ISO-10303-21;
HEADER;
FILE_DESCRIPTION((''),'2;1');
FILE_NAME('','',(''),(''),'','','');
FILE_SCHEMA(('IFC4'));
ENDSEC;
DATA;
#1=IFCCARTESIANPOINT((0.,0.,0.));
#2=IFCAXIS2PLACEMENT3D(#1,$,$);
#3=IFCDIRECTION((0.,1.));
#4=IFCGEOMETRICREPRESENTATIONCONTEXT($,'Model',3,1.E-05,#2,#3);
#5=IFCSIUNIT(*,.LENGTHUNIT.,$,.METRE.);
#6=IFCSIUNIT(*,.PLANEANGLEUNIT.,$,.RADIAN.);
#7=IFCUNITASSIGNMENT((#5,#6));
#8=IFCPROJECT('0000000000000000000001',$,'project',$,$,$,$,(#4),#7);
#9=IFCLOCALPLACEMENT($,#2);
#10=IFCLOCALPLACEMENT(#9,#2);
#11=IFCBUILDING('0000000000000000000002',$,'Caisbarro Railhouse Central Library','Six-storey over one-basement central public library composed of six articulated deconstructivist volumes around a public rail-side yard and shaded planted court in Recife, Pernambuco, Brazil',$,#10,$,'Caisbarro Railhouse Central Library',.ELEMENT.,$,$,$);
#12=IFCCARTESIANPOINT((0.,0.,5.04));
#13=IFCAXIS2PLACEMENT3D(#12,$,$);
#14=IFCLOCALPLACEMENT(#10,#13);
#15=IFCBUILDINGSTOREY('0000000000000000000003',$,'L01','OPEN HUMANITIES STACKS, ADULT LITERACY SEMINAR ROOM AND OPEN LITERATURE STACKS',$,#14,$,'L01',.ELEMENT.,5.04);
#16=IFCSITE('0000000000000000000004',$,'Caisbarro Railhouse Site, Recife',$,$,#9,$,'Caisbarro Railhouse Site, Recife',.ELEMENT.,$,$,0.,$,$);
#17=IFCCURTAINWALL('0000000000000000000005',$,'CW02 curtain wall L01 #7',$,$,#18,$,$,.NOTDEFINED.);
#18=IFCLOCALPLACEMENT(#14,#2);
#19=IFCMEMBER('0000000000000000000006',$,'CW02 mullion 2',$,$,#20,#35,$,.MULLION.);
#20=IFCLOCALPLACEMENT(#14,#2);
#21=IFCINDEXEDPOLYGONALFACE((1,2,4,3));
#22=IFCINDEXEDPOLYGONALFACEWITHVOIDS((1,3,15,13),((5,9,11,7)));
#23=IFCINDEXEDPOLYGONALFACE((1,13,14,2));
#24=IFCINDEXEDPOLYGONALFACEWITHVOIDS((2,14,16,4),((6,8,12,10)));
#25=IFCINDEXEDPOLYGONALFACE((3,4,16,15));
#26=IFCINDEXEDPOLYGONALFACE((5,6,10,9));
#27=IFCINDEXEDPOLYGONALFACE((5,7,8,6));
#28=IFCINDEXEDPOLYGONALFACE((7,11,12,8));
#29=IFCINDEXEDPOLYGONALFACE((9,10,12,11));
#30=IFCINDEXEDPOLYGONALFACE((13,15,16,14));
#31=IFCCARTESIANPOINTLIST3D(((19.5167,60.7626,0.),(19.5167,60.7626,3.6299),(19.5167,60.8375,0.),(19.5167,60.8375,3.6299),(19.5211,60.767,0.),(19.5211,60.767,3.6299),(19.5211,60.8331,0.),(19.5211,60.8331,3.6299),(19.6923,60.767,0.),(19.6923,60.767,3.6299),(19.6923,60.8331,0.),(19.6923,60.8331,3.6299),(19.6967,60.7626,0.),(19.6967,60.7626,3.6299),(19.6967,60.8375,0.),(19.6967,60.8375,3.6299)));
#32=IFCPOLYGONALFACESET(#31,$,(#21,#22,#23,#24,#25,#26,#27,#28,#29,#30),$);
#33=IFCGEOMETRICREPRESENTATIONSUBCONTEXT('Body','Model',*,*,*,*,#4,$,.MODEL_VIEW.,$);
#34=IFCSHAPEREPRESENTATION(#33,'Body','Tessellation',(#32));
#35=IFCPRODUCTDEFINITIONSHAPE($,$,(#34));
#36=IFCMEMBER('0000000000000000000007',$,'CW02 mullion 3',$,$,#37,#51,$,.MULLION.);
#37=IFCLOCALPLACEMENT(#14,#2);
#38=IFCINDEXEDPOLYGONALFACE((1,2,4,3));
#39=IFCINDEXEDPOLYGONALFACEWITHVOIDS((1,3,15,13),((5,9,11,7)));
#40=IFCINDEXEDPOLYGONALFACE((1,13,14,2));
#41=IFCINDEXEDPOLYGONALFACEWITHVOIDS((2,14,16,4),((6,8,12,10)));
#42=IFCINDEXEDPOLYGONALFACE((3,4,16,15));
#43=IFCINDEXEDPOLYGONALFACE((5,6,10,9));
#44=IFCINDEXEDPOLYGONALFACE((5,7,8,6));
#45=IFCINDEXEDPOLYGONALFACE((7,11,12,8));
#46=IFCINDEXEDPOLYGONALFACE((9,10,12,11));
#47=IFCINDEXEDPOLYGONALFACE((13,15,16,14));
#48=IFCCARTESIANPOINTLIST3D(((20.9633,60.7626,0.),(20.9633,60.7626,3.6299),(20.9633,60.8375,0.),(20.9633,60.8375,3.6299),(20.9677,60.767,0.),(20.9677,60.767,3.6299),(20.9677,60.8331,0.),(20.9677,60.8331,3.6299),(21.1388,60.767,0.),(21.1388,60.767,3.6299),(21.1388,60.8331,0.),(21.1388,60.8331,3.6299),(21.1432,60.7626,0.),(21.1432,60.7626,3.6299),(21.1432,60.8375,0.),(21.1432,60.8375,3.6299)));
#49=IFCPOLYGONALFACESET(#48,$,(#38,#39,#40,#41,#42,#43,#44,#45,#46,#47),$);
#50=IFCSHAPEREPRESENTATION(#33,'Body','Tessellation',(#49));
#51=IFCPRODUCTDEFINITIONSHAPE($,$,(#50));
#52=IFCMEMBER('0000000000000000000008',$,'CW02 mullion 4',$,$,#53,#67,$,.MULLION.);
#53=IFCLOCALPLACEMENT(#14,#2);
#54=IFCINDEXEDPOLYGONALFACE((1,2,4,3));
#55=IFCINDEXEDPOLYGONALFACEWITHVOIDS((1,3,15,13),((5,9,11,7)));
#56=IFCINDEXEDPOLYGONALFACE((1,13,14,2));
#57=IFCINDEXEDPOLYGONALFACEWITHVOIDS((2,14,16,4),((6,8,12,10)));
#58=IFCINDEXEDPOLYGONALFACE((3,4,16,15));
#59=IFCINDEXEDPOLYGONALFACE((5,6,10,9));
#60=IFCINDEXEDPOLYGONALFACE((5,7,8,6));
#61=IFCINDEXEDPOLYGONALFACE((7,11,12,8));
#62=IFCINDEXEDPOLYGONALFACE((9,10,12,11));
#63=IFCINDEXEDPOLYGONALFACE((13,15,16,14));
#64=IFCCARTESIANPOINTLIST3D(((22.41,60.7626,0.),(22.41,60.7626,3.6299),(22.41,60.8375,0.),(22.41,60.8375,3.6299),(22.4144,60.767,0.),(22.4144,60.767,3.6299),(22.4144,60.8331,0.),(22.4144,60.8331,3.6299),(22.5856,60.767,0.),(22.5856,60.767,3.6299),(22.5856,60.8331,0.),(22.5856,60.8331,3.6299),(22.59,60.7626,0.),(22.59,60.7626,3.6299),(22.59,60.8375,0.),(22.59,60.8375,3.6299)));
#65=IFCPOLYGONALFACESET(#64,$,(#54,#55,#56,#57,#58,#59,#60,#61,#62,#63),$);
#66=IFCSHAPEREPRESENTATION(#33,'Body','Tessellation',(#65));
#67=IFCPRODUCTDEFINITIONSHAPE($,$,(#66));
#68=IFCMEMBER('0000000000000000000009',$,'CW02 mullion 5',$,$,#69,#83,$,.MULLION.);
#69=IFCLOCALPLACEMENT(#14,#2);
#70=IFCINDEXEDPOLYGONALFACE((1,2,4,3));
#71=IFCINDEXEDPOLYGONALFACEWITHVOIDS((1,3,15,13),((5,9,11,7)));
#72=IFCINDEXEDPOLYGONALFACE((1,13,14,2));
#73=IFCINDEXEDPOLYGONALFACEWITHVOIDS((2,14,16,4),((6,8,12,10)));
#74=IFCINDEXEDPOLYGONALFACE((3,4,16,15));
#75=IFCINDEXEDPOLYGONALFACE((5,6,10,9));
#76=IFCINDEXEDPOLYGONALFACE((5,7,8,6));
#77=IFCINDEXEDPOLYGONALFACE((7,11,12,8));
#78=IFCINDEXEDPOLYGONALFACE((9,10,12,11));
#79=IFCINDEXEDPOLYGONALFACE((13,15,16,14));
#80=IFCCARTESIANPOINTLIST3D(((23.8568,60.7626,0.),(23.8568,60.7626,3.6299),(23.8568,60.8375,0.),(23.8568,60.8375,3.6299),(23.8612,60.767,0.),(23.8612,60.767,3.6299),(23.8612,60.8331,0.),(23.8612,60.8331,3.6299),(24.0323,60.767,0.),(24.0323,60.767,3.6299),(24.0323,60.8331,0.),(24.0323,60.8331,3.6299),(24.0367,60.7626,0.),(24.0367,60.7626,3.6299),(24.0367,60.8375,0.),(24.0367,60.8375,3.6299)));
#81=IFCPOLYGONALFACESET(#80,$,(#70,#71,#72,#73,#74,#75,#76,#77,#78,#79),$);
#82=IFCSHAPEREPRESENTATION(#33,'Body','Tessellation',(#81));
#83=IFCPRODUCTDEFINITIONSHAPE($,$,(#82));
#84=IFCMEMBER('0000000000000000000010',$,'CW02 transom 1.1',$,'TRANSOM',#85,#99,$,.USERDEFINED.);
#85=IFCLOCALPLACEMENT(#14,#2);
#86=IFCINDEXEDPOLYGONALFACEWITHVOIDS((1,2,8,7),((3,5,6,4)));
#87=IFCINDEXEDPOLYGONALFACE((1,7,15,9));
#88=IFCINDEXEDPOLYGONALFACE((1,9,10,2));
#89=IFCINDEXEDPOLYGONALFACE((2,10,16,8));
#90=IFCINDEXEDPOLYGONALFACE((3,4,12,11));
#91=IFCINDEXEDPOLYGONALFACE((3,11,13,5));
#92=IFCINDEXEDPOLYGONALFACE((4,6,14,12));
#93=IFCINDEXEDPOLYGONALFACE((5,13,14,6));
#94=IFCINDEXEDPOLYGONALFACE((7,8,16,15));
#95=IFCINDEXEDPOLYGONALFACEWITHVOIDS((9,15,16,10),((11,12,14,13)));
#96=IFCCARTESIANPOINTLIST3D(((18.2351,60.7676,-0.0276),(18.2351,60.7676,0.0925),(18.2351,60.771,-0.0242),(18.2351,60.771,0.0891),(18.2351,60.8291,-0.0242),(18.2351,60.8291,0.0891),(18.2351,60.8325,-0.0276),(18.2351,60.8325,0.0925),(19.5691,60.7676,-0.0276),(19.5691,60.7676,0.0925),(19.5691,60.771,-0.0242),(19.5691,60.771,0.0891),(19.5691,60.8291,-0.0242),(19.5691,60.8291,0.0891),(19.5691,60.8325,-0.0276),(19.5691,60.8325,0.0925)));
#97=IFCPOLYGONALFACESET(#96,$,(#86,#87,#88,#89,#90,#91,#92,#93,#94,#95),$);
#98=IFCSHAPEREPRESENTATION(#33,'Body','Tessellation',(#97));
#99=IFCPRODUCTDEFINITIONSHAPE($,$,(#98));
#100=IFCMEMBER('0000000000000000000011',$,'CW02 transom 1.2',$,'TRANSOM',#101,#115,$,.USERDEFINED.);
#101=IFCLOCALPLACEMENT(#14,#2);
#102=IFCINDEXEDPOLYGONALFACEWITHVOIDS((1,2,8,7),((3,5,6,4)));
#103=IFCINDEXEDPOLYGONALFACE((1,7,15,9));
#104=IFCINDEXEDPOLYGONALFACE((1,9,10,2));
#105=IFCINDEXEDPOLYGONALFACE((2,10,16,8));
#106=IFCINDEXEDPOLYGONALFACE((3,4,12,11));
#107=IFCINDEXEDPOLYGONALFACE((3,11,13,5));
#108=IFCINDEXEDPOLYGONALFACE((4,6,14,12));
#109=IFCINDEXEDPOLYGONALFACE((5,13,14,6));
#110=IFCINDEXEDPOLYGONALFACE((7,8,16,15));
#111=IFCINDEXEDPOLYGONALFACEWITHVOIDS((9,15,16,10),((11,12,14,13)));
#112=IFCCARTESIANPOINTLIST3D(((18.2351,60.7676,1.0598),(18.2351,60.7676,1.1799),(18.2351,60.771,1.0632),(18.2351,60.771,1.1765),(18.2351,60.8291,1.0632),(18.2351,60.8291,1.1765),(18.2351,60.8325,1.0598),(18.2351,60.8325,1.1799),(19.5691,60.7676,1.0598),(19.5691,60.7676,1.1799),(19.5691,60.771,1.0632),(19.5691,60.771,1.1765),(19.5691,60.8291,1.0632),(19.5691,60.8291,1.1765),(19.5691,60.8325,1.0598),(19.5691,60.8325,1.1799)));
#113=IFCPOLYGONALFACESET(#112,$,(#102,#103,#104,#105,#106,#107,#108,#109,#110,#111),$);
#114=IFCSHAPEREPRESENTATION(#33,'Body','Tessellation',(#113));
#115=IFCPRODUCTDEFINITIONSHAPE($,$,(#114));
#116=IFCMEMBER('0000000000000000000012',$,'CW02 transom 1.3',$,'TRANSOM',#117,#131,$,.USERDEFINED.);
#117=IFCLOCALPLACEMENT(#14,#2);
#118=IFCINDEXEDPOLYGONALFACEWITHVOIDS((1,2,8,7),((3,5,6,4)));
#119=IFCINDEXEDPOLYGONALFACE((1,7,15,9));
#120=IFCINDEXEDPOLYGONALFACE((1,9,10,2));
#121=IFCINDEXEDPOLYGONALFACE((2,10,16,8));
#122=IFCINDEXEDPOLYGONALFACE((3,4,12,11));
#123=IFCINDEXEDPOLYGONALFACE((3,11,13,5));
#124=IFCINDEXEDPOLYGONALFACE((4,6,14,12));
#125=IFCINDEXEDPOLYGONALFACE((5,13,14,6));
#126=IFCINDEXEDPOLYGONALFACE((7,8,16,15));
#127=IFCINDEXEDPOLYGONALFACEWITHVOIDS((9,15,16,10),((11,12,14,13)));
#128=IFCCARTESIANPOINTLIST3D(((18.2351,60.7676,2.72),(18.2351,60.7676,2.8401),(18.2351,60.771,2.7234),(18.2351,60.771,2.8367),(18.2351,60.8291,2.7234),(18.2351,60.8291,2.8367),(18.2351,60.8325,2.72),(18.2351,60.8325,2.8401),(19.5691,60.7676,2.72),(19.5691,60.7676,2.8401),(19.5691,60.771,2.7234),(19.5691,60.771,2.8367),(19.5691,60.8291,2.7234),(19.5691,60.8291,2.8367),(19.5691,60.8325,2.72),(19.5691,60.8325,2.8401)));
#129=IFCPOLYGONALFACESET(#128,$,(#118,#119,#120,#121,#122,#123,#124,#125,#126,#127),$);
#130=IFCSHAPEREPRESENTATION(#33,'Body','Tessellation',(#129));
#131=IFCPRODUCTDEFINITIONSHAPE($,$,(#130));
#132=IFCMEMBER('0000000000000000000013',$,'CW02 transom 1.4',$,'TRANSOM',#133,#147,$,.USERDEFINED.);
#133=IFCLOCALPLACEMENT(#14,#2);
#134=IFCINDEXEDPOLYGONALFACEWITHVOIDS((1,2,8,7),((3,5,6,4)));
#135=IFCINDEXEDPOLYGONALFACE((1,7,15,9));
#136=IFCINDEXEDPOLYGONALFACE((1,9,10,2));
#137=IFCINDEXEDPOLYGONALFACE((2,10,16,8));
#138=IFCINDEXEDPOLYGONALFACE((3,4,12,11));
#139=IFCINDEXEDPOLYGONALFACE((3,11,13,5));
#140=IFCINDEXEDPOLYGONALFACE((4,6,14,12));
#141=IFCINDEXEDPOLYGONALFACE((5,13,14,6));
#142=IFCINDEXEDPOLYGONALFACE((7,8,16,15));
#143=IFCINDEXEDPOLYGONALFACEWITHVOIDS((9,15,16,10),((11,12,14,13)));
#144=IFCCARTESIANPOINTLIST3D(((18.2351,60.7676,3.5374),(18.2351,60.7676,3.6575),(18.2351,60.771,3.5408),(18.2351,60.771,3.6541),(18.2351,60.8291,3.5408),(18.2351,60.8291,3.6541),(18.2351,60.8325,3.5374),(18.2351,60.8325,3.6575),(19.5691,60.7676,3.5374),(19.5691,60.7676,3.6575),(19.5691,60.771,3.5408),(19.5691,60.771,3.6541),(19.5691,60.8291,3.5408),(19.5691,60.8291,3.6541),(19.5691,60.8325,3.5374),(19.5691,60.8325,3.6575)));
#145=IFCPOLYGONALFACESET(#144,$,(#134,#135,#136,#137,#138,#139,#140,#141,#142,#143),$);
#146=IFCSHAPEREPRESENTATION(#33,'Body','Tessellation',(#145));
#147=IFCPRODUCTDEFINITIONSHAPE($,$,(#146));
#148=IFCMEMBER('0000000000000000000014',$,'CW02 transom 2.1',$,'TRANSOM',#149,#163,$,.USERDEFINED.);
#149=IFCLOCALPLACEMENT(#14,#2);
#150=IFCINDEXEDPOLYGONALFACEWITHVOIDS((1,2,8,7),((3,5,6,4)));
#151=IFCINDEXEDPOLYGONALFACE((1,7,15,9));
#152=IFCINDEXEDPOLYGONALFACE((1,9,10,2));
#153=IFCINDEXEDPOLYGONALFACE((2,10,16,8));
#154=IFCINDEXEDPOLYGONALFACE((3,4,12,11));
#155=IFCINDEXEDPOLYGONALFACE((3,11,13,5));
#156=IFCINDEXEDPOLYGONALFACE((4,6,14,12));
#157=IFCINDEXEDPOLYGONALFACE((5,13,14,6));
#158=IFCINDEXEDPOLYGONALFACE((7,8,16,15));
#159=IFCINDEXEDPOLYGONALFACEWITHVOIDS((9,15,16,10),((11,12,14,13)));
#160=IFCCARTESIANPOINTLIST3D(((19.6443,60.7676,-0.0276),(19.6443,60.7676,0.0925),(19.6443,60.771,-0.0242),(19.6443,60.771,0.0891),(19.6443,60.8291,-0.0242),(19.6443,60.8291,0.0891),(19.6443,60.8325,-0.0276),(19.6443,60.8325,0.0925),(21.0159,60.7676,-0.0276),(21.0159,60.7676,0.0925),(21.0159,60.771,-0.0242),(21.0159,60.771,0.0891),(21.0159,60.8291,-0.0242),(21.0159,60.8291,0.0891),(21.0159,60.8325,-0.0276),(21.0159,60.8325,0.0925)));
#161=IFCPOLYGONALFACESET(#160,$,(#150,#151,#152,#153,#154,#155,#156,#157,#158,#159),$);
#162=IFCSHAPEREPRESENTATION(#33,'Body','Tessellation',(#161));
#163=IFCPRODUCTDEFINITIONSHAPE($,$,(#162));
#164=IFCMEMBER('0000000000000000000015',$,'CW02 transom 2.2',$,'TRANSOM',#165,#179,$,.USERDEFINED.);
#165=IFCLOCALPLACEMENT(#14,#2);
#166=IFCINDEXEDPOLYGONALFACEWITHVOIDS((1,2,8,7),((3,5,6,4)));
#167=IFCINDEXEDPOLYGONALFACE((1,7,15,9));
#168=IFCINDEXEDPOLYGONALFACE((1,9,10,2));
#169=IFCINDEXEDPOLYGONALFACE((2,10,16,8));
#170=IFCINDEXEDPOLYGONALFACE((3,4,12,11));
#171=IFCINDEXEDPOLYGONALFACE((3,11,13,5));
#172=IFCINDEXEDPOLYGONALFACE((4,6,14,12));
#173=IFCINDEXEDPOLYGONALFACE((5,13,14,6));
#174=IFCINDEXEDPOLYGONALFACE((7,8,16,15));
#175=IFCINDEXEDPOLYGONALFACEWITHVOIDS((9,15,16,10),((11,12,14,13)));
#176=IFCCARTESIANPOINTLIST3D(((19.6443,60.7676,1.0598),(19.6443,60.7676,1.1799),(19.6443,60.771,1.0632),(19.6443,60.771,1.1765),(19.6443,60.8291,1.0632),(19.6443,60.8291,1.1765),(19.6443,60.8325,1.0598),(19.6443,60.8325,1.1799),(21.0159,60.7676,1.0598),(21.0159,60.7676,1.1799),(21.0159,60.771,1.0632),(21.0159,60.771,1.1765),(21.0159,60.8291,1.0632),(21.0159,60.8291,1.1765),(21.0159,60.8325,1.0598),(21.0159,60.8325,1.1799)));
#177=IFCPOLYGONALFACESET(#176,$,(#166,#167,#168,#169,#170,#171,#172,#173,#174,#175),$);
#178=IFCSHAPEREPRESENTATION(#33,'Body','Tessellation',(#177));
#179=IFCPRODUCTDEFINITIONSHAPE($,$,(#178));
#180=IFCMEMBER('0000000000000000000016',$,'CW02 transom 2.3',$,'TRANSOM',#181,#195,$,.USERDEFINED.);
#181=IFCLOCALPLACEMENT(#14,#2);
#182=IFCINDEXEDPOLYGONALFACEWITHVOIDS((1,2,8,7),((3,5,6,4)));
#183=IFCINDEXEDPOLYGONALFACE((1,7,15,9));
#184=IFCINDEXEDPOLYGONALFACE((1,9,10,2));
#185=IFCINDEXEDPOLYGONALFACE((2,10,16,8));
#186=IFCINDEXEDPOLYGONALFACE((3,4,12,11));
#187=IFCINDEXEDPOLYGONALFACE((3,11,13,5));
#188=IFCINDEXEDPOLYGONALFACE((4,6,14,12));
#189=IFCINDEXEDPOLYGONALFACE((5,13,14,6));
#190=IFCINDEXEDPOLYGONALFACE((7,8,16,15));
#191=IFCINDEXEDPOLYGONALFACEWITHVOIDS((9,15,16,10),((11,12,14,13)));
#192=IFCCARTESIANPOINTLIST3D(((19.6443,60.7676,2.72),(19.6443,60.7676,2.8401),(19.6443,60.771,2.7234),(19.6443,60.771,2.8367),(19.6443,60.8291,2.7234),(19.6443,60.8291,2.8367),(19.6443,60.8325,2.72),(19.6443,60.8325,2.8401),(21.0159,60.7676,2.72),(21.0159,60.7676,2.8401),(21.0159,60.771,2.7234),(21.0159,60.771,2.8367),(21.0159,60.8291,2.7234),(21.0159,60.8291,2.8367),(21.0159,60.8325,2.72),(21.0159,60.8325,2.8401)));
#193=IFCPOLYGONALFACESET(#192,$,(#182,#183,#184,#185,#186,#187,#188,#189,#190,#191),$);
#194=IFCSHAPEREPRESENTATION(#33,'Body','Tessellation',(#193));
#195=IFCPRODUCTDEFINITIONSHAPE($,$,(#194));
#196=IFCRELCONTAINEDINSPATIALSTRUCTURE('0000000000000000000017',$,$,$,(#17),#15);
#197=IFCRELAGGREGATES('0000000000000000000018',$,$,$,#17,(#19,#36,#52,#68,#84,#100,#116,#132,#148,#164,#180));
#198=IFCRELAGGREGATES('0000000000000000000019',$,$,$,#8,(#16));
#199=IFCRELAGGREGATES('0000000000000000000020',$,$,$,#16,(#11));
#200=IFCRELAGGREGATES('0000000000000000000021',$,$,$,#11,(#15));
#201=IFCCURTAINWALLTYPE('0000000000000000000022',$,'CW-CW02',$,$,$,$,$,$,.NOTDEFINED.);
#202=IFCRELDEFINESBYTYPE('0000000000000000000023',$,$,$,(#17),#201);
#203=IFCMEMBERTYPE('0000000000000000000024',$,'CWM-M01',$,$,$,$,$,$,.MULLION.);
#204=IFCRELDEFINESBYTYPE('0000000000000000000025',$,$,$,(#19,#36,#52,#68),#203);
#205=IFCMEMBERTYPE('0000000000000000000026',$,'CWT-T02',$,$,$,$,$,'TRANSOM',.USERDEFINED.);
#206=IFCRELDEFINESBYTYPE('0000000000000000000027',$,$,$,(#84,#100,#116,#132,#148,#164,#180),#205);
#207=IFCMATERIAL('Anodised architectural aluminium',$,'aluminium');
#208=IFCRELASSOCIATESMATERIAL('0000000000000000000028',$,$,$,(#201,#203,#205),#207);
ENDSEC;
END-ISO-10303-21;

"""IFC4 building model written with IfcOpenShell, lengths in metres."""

from ifc_helpers import new_model, si_unit, direction, frame, origin, origin_2d, place, context, subcontext, project, spatial, hollow_rectangle, extrude, material, material_profile, profile_set, type_object, element, aggregate, save


model = new_model("IFC4")

# Units and contexts
model_context = context("Model", 3, precision=1e-05, world=origin(), true_north=direction((0.0, 1.0)))
body_context = subcontext(model_context, "Body", "Model", "MODEL_VIEW")
ifc_project = project(units=[si_unit("LENGTHUNIT", "METRE"), si_unit("PLANEANGLEUNIT", "RADIAN")], contexts=[model_context])

# Site, building, storey
site_placement = place(None, origin())
site = spatial("IfcSite", under=ifc_project, at=site_placement, Name="Caisbarro Railhouse Site, Recife", LongName="Caisbarro Railhouse Site, Recife", CompositionType="ELEMENT", RefElevation=0.0)
building_placement = place(site_placement, origin())
building = spatial("IfcBuilding", under=site, at=building_placement, Name="Caisbarro Railhouse Central Library", Description="Six-storey over one-basement central public library composed of six articulated deconstructivist volumes around a public rail-side yard and shaded planted court in Recife, Pernambuco, Brazil", LongName="Caisbarro Railhouse Central Library", CompositionType="ELEMENT")
storey_placement = place(building_placement, frame((0.0, 0.0, 5.04)))
storey = spatial("IfcBuildingStorey", under=building, at=storey_placement, Name="L01", Description="OPEN HUMANITIES STACKS, ADULT LITERACY SEMINAR ROOM AND OPEN LITERATURE STACKS", LongName="L01", CompositionType="ELEMENT", Elevation=5.04)

# Curtain wall, members
ifc_material_1 = material(Name="Anodised architectural aluminium", Category="aluminium")
curtain_wall_type = type_object("IfcCurtainWallType", Name="CW-CW02", PredefinedType="NOTDEFINED", material=ifc_material_1)
curtain_wall_placement = place(storey_placement, origin())
curtain_wall = element("IfcCurtainWall", 1, at=curtain_wall_placement, inside=storey, type_object=curtain_wall_type, Name="CW02 curtain wall L01 #7", PredefinedType="NOTDEFINED")
ifc_material_profile_1 = material_profile(ifc_material_1, hollow_rectangle(XDim=0.075, YDim=0.1799, WallThickness=0.0044, at=origin_2d()), Name="ALU-MUL-75X180")
ifc_profile_set_1 = profile_set([ifc_material_profile_1], Name="Anodised architectural aluminium")
member_type_1 = type_object("IfcMemberType", Name="CWM-M01", PredefinedType="MULLION", material=ifc_profile_set_1)
member_1_placement = place(storey_placement, frame((19.6067, 60.8, 0.0), z_axis=(0.0, 0.0, 1.0), x_axis=(0.0, 1.0, 0.0)))
member_1 = element("IfcMember", 2, at=member_1_placement, type_object=member_type_1, Name="CW02 mullion 2", PredefinedType="MULLION", context=body_context, shape_type="SweptSolid", body=[
    extrude(hollow_rectangle(XDim=0.075, YDim=0.1799, WallThickness=0.0044, at=origin_2d()), origin(), (0.0, 0.0, 1.0), 3.6299),
])
member_2_placement = place(storey_placement, frame((21.0532, 60.8, 0.0), z_axis=(0.0, 0.0, 1.0), x_axis=(0.0, 1.0, 0.0)))
member_2 = element("IfcMember", 3, at=member_2_placement, type_object=member_type_1, Name="CW02 mullion 3", PredefinedType="MULLION", context=body_context, shape_type="SweptSolid", body=[
    extrude(hollow_rectangle(XDim=0.075, YDim=0.1799, WallThickness=0.0044, at=origin_2d()), origin(), (0.0, 0.0, 1.0), 3.6299),
])
member_3_placement = place(storey_placement, frame((22.5, 60.8, 0.0), z_axis=(0.0, 0.0, 1.0), x_axis=(0.0, 1.0, 0.0)))
member_3 = element("IfcMember", 4, at=member_3_placement, type_object=member_type_1, Name="CW02 mullion 4", PredefinedType="MULLION", context=body_context, shape_type="SweptSolid", body=[
    extrude(hollow_rectangle(XDim=0.075, YDim=0.1799, WallThickness=0.0044, at=origin_2d()), origin(), (0.0, 0.0, 1.0), 3.6299),
])
member_4_placement = place(storey_placement, frame((23.9468, 60.8, 0.0), z_axis=(0.0, 0.0, 1.0), x_axis=(0.0, 1.0, 0.0)))
member_4 = element("IfcMember", 5, at=member_4_placement, type_object=member_type_1, Name="CW02 mullion 5", PredefinedType="MULLION", context=body_context, shape_type="SweptSolid", body=[
    extrude(hollow_rectangle(XDim=0.075, YDim=0.1799, WallThickness=0.0044, at=origin_2d()), origin(), (0.0, 0.0, 1.0), 3.6299),
])
ifc_material_profile_2 = material_profile(ifc_material_1, hollow_rectangle(XDim=0.0649, YDim=0.1201, WallThickness=0.0034, at=origin_2d()), Name="ALU-TRN-65X120")
ifc_profile_set_2 = profile_set([ifc_material_profile_2], Name="Anodised architectural aluminium")
member_type_2 = type_object("IfcMemberType", Name="CWT-T02", ElementType="TRANSOM", PredefinedType="USERDEFINED", material=ifc_profile_set_2)
member_5_placement = place(storey_placement, frame((18.2351, 60.8, 0.0325), z_axis=(1.0, 0.0, 0.0), x_axis=(0.0, 1.0, 0.0)))
member_5 = element("IfcMember", 6, at=member_5_placement, type_object=member_type_2, Name="CW02 transom 1.1", ObjectType="TRANSOM", PredefinedType="USERDEFINED", context=body_context, shape_type="SweptSolid", body=[
    extrude(hollow_rectangle(XDim=0.0649, YDim=0.1201, WallThickness=0.0034, at=origin_2d()), origin(), (0.0, 0.0, 1.0), 1.334),
])
member_6_placement = place(storey_placement, frame((18.2351, 60.8, 1.1199), z_axis=(1.0, 0.0, 0.0), x_axis=(0.0, 1.0, 0.0)))
member_6 = element("IfcMember", 7, at=member_6_placement, type_object=member_type_2, Name="CW02 transom 1.2", ObjectType="TRANSOM", PredefinedType="USERDEFINED", context=body_context, shape_type="SweptSolid", body=[
    extrude(hollow_rectangle(XDim=0.0649, YDim=0.1201, WallThickness=0.0034, at=origin_2d()), origin(), (0.0, 0.0, 1.0), 1.334),
])
member_7_placement = place(storey_placement, frame((18.2351, 60.8, 2.78), z_axis=(1.0, 0.0, 0.0), x_axis=(0.0, 1.0, 0.0)))
member_7 = element("IfcMember", 8, at=member_7_placement, type_object=member_type_2, Name="CW02 transom 1.3", ObjectType="TRANSOM", PredefinedType="USERDEFINED", context=body_context, shape_type="SweptSolid", body=[
    extrude(hollow_rectangle(XDim=0.0649, YDim=0.1201, WallThickness=0.0034, at=origin_2d()), origin(), (0.0, 0.0, 1.0), 1.334),
])
member_8_placement = place(storey_placement, frame((18.2351, 60.8, 3.5974), z_axis=(1.0, 0.0, 0.0), x_axis=(0.0, 1.0, 0.0)))
member_8 = element("IfcMember", 9, at=member_8_placement, type_object=member_type_2, Name="CW02 transom 1.4", ObjectType="TRANSOM", PredefinedType="USERDEFINED", context=body_context, shape_type="SweptSolid", body=[
    extrude(hollow_rectangle(XDim=0.0649, YDim=0.1201, WallThickness=0.0034, at=origin_2d()), origin(), (0.0, 0.0, 1.0), 1.334),
])
member_9_placement = place(storey_placement, frame((19.6443, 60.8, 0.0325), z_axis=(1.0, 0.0, 0.0), x_axis=(0.0, 1.0, 0.0)))
member_9 = element("IfcMember", 10, at=member_9_placement, type_object=member_type_2, Name="CW02 transom 2.1", ObjectType="TRANSOM", PredefinedType="USERDEFINED", context=body_context, shape_type="SweptSolid", body=[
    extrude(hollow_rectangle(XDim=0.0649, YDim=0.1201, WallThickness=0.0034, at=origin_2d()), origin(), (0.0, 0.0, 1.0), 1.3716),
])
member_10_placement = place(storey_placement, frame((19.6443, 60.8, 1.1199), z_axis=(1.0, 0.0, 0.0), x_axis=(0.0, 1.0, 0.0)))
member_10 = element("IfcMember", 11, at=member_10_placement, type_object=member_type_2, Name="CW02 transom 2.2", ObjectType="TRANSOM", PredefinedType="USERDEFINED", context=body_context, shape_type="SweptSolid", body=[
    extrude(hollow_rectangle(XDim=0.0649, YDim=0.1201, WallThickness=0.0034, at=origin_2d()), origin(), (0.0, 0.0, 1.0), 1.3716),
])
member_11_placement = place(storey_placement, frame((19.6443, 60.8, 2.78), z_axis=(1.0, 0.0, 0.0), x_axis=(0.0, 1.0, 0.0)))
member_11 = element("IfcMember", 12, at=member_11_placement, type_object=member_type_2, Name="CW02 transom 2.3", ObjectType="TRANSOM", PredefinedType="USERDEFINED", context=body_context, shape_type="SweptSolid", body=[
    extrude(hollow_rectangle(XDim=0.0649, YDim=0.1201, WallThickness=0.0034, at=origin_2d()), origin(), (0.0, 0.0, 1.0), 1.3716),
])
aggregate(curtain_wall, [member_1, member_2, member_3, member_4, member_5, member_6, member_7, member_8, member_9, member_10, member_11])

save(model, "model.ifc")
